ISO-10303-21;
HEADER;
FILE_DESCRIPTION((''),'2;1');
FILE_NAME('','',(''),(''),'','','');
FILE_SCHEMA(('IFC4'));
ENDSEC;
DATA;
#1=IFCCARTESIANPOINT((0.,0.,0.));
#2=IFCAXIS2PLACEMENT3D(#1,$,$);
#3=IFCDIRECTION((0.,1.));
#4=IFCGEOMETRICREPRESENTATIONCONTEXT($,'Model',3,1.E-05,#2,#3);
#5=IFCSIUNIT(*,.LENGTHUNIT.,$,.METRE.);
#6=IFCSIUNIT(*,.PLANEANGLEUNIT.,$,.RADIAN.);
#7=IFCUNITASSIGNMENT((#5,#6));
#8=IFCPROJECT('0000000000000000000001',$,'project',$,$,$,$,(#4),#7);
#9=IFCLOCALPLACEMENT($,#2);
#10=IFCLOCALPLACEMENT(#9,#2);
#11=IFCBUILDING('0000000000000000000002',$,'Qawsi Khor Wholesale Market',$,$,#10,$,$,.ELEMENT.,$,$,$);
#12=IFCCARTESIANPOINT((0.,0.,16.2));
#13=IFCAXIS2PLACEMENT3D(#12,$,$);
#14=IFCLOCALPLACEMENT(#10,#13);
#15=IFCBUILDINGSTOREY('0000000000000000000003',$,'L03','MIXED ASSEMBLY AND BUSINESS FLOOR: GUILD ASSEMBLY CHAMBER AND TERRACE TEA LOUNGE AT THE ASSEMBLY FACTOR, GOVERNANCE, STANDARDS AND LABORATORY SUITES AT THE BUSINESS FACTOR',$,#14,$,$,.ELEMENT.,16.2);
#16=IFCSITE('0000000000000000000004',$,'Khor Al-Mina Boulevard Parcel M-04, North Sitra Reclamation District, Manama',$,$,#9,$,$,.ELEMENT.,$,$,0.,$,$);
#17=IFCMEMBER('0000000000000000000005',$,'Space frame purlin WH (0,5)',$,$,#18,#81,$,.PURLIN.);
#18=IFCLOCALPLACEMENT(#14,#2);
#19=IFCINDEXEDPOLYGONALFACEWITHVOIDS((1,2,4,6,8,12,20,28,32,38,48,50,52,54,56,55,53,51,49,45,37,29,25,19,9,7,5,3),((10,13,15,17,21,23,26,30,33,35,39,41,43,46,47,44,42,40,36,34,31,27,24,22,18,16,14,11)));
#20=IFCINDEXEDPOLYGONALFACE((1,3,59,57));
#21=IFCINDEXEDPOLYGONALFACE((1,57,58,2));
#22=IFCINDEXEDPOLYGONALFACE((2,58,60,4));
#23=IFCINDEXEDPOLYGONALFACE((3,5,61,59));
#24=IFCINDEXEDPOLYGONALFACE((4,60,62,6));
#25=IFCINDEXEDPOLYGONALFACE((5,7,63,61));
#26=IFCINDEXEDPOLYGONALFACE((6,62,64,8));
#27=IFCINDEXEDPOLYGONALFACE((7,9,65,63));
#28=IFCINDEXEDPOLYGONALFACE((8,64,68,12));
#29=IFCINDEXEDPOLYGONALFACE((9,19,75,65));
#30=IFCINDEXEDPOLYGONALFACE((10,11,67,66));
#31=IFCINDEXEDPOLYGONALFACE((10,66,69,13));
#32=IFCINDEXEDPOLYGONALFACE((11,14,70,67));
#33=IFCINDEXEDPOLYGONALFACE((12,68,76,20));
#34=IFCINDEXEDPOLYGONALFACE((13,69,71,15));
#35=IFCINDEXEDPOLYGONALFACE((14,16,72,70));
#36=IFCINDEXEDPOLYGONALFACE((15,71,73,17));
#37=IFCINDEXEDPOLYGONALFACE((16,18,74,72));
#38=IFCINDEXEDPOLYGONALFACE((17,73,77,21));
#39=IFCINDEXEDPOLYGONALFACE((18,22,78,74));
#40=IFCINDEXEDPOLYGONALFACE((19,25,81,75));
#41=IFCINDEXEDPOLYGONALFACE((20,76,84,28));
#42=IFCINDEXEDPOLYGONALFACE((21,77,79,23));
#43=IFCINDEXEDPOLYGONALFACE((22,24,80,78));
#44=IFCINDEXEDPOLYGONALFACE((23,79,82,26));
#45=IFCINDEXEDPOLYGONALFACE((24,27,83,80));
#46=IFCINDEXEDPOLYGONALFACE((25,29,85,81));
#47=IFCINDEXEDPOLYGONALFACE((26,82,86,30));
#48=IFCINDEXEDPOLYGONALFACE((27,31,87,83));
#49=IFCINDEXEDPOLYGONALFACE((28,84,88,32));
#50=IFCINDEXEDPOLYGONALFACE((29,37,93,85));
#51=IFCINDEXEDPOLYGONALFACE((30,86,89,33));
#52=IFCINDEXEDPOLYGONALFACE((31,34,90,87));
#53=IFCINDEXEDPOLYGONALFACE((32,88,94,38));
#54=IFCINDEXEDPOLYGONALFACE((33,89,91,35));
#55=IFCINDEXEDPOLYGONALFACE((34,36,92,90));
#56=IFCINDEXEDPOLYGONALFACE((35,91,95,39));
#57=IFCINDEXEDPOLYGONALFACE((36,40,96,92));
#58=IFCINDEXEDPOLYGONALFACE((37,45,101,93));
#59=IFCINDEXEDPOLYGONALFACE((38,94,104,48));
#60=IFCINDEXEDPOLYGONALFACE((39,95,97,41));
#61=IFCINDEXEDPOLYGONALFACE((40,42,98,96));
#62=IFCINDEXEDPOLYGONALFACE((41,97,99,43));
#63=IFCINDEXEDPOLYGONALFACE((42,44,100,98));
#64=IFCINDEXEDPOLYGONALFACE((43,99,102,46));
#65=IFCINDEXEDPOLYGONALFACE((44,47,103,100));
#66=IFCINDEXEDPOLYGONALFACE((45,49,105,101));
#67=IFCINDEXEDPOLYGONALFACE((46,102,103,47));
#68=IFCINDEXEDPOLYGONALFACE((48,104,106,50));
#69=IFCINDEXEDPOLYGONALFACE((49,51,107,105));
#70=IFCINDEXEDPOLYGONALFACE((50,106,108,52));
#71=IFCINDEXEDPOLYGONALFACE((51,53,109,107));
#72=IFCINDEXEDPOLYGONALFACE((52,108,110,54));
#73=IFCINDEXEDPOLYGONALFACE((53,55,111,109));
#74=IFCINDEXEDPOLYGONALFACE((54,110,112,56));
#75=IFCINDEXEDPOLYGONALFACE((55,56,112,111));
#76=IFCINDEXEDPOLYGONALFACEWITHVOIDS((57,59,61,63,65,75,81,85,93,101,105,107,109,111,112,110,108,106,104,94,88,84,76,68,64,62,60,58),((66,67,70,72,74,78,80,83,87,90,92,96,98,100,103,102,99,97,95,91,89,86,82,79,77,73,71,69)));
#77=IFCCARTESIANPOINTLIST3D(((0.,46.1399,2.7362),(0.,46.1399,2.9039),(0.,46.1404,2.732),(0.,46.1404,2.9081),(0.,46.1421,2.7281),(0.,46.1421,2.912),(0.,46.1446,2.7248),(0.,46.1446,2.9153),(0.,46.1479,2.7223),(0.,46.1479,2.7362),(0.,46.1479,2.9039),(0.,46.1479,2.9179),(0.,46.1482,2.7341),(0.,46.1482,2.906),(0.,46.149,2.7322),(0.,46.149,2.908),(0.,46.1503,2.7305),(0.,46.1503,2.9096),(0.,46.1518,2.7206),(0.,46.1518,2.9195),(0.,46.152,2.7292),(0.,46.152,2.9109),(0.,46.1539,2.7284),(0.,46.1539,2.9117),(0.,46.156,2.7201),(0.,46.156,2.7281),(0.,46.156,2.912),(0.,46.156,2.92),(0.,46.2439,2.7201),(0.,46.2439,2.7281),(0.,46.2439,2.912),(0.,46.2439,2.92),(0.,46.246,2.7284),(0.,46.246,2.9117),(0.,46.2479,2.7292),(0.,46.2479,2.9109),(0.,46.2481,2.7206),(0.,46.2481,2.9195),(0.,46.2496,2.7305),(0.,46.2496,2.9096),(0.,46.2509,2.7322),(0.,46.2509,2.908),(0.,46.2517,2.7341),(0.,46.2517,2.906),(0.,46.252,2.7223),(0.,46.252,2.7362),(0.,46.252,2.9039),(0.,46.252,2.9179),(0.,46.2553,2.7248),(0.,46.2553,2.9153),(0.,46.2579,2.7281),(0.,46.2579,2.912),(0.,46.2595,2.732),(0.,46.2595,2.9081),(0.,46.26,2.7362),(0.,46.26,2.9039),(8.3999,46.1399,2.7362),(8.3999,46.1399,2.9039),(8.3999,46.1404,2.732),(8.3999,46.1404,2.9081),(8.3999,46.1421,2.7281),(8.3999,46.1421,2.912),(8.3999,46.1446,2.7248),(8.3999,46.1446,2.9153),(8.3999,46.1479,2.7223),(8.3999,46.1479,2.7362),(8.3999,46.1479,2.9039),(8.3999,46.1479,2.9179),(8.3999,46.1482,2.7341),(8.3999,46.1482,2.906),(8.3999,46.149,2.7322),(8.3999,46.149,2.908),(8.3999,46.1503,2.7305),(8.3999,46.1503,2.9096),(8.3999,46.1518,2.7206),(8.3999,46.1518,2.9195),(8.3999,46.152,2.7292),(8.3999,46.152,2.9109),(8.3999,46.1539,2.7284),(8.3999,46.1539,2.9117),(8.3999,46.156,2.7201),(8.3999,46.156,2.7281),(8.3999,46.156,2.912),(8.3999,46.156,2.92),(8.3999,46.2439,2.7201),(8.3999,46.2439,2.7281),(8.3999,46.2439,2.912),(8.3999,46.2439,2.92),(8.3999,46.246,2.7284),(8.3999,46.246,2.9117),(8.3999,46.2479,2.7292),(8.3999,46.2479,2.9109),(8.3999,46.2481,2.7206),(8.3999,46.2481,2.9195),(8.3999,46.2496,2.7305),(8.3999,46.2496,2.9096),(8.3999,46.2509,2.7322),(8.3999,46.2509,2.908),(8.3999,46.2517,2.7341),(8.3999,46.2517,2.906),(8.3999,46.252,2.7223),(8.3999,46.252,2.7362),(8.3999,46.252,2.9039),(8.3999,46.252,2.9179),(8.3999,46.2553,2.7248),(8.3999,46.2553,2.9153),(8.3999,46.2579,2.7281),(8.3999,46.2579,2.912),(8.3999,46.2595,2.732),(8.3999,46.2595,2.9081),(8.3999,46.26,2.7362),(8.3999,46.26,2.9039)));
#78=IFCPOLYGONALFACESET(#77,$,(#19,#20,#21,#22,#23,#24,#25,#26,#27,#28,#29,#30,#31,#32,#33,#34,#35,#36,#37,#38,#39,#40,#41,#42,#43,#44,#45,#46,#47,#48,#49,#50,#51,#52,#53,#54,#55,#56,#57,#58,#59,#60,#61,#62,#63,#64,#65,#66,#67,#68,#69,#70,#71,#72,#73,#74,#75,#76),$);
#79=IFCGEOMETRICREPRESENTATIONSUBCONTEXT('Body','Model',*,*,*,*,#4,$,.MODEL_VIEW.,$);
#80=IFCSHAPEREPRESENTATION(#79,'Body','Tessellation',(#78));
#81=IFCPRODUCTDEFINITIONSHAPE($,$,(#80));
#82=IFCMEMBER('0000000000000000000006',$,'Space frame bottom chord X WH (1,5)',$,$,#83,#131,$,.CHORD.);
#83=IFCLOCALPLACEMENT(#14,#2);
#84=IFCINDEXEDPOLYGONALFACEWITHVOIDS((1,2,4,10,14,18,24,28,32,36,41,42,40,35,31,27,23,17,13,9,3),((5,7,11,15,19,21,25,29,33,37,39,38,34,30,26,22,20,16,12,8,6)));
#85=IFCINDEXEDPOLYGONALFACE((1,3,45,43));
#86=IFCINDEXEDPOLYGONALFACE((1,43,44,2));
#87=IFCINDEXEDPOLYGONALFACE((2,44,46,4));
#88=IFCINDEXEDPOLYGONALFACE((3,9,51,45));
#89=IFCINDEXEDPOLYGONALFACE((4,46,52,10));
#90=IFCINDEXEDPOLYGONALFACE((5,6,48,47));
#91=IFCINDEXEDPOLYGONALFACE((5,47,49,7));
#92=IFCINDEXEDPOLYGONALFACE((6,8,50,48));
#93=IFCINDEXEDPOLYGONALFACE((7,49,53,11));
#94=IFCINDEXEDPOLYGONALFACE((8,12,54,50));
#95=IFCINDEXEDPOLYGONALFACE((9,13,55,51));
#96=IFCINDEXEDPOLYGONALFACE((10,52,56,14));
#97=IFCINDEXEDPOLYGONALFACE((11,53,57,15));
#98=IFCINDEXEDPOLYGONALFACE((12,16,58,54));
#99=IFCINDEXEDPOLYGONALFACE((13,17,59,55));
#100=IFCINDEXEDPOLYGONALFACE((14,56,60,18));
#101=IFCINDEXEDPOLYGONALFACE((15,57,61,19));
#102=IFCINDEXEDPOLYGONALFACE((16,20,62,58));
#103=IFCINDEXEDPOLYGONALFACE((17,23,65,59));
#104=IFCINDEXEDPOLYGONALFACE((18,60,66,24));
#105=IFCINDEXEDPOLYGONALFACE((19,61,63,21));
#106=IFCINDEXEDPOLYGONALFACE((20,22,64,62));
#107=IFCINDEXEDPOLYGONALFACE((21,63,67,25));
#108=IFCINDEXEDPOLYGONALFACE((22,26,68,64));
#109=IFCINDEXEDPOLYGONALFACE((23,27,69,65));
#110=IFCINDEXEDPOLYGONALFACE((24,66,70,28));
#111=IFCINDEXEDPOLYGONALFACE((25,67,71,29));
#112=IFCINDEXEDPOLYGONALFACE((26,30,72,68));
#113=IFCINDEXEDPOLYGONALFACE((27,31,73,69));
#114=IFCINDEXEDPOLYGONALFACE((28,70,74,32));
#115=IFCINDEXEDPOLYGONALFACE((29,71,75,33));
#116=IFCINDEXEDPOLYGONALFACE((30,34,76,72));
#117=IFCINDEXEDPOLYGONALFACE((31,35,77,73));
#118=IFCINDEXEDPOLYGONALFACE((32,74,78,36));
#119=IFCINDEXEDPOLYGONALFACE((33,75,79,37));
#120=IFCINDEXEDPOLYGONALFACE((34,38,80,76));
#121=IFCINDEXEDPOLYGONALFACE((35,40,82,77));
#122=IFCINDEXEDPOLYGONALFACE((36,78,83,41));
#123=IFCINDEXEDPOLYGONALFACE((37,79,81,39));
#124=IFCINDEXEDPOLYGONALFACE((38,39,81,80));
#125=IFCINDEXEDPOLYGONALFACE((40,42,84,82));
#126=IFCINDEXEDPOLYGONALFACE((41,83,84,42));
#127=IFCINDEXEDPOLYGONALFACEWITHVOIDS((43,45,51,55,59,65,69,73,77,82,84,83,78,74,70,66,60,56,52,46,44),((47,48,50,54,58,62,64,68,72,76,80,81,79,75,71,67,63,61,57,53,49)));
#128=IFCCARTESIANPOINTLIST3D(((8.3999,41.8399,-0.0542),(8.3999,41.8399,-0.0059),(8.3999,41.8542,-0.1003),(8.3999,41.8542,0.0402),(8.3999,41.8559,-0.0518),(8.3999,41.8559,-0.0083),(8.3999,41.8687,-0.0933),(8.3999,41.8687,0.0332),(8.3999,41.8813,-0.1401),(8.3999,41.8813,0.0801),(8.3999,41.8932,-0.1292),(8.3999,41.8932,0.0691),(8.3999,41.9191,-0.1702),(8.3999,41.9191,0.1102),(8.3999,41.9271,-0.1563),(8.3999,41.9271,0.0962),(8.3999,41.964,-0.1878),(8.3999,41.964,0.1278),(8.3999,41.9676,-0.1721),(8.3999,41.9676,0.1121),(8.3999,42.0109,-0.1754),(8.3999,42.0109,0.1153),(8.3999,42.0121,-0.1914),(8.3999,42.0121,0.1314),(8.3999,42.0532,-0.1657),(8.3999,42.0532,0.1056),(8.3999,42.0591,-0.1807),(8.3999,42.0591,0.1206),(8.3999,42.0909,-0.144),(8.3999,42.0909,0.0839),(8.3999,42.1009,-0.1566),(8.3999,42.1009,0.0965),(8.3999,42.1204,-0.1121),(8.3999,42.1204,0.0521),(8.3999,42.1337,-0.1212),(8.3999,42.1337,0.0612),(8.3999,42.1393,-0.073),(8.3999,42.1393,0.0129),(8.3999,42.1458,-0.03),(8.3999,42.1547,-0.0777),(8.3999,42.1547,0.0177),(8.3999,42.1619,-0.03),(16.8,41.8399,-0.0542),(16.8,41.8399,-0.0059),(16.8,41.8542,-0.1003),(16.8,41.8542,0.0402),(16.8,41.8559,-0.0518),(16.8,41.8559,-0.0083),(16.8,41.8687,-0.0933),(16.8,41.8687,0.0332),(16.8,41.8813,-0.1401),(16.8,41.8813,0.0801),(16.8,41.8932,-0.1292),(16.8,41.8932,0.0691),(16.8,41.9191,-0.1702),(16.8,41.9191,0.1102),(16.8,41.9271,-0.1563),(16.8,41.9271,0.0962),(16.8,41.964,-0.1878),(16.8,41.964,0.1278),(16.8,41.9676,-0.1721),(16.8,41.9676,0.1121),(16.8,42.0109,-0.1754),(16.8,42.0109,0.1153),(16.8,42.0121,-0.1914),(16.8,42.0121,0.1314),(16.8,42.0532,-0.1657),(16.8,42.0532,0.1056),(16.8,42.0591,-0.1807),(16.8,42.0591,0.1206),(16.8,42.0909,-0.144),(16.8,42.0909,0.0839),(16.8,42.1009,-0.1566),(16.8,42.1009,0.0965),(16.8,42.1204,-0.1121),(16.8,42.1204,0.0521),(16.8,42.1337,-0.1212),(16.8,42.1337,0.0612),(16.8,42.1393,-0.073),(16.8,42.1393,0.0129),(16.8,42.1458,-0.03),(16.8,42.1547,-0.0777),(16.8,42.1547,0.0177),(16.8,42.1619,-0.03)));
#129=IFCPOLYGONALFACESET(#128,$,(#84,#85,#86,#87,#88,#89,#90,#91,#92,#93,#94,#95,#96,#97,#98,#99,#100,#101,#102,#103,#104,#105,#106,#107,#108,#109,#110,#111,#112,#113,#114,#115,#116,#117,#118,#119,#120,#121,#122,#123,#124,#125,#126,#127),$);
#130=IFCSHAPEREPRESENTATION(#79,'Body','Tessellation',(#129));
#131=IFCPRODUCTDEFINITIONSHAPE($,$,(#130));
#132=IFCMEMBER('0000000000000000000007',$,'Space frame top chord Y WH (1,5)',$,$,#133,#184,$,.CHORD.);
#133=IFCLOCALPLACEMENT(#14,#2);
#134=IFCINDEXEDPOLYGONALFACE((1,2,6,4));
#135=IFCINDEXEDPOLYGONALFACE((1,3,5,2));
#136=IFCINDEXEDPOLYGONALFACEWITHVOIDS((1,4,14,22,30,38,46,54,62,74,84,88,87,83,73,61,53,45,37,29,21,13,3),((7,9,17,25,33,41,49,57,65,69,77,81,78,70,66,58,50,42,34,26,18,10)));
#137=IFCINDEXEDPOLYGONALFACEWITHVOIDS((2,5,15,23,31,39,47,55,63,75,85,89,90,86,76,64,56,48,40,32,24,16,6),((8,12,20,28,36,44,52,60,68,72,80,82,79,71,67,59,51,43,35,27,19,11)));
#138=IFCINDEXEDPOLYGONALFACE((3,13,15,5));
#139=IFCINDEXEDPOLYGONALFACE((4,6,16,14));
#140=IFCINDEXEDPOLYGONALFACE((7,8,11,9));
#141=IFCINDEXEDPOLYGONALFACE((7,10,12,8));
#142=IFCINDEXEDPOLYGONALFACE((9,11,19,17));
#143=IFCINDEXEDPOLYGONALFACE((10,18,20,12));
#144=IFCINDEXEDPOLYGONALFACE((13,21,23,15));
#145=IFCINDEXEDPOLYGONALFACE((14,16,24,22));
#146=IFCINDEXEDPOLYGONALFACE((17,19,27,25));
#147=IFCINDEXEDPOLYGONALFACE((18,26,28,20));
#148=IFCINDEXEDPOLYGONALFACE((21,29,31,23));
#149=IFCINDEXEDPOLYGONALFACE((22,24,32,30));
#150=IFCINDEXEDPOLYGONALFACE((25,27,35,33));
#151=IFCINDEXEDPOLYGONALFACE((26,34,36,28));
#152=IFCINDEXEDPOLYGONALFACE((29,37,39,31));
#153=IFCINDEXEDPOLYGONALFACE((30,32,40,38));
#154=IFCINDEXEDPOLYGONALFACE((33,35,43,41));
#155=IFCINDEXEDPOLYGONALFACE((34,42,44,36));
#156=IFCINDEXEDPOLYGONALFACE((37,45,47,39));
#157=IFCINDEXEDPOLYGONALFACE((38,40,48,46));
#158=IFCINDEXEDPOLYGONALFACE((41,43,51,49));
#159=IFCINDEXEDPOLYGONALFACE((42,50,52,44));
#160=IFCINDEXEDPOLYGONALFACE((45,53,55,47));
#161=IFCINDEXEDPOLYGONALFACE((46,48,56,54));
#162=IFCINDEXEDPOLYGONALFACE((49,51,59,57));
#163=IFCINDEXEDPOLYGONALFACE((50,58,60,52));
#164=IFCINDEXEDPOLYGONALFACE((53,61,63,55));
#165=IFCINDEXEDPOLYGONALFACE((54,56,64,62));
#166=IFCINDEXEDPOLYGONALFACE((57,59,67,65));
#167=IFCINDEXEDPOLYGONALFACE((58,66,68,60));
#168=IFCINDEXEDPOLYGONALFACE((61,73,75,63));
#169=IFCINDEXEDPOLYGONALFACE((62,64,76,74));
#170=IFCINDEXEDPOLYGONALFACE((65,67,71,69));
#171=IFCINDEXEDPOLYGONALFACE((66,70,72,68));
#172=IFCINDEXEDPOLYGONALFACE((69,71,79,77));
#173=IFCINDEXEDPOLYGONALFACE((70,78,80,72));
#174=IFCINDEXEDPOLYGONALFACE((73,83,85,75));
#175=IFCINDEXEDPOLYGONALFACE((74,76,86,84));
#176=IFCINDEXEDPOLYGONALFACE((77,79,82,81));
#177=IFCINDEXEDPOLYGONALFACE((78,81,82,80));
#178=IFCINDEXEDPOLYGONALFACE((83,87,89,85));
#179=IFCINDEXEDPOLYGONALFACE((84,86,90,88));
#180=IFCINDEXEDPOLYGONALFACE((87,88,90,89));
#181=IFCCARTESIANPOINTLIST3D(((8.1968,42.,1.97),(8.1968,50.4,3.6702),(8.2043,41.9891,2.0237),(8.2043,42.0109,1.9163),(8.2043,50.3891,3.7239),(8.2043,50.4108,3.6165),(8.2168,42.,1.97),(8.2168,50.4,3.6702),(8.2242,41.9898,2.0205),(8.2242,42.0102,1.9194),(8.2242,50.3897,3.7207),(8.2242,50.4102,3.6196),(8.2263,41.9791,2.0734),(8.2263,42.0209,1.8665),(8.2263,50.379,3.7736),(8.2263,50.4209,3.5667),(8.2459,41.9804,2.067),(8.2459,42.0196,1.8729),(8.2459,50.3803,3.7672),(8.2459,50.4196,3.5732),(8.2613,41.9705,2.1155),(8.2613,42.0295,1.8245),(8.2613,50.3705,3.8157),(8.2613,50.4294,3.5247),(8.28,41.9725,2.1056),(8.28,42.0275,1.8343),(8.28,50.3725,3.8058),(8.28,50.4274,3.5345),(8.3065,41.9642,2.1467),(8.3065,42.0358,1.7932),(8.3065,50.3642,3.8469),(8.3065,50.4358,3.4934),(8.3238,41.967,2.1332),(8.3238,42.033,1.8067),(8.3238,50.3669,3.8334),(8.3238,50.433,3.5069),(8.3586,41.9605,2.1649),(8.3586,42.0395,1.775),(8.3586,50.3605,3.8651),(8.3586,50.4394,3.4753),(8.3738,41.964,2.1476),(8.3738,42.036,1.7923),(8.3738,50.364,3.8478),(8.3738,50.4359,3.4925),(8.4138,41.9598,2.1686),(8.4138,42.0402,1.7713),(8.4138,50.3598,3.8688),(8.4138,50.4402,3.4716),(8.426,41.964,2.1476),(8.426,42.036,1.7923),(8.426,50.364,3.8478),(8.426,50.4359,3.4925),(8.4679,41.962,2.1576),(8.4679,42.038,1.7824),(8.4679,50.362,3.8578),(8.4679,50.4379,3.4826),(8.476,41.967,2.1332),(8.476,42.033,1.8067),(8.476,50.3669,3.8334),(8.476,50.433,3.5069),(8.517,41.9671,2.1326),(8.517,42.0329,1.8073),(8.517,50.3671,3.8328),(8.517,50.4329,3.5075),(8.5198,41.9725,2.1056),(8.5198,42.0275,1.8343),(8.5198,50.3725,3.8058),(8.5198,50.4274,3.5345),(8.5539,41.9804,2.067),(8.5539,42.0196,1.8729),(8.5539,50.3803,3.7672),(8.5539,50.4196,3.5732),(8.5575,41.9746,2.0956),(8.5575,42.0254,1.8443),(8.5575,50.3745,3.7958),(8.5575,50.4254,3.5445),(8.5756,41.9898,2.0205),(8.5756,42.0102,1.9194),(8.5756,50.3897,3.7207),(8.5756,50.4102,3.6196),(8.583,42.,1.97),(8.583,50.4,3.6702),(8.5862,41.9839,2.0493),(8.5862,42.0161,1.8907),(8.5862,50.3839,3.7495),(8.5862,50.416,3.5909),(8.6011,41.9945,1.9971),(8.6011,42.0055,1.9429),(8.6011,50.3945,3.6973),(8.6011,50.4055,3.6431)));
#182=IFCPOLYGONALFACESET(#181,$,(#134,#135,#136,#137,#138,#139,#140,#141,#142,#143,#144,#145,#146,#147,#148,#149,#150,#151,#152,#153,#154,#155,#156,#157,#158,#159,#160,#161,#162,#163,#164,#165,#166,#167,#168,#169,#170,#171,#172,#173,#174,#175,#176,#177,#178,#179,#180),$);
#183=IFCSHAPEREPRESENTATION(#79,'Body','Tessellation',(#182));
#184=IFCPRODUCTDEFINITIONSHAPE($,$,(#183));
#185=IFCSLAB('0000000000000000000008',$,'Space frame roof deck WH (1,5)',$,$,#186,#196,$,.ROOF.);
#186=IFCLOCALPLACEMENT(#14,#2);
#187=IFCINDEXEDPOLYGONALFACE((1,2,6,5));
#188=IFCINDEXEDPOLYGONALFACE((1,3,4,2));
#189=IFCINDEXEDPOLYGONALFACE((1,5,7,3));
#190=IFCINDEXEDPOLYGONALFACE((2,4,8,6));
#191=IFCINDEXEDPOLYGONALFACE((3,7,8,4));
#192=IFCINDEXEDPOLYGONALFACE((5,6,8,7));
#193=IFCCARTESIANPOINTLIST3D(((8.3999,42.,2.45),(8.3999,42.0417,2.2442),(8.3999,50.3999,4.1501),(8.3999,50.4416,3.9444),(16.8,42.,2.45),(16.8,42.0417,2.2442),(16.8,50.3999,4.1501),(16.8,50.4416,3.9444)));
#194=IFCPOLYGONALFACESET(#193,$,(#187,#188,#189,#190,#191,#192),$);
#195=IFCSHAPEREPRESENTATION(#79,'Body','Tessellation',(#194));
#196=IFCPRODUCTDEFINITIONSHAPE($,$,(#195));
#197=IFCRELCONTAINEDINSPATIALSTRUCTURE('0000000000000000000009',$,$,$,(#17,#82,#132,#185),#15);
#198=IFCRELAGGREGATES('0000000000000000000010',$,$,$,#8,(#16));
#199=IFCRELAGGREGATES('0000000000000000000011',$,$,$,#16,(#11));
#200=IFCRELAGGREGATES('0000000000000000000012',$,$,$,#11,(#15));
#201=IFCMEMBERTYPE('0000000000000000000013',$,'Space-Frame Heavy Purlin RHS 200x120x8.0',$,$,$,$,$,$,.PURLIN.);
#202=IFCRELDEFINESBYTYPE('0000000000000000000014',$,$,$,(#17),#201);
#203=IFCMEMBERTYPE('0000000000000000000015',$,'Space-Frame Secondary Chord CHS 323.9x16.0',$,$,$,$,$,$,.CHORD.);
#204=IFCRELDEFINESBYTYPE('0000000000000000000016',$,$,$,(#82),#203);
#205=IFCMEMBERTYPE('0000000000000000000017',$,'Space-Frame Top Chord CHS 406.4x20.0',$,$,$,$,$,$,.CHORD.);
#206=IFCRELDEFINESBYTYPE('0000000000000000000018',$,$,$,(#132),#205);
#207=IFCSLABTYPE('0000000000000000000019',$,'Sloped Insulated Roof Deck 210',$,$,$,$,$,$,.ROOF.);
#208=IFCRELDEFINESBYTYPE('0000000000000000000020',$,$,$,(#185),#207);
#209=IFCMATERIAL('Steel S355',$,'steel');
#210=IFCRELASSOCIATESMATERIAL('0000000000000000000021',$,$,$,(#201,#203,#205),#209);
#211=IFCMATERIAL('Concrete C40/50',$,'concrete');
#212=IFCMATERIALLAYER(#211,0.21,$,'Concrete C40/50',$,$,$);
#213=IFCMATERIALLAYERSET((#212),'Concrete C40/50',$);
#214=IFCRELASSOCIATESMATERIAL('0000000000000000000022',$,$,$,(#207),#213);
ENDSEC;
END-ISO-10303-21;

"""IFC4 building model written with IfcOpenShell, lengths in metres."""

from ifc_helpers import new_model, si_unit, direction, frame, origin, origin_2d, place, context, subcontext, project, spatial, polyline, hollow_rectangle, hollow_circle, outline, extrude, material, layer, layer_set, material_profile, profile_set, type_object, element, save


model = new_model("IFC4")

# Units and contexts
model_context = context("Model", 3, precision=1e-05, world=origin(), true_north=direction((0.0, 1.0)))
body_context = subcontext(model_context, "Body", "Model", "MODEL_VIEW")
ifc_project = project(units=[si_unit("LENGTHUNIT", "METRE"), si_unit("PLANEANGLEUNIT", "RADIAN")], contexts=[model_context])

# Site, building, storey
site_placement = place(None, origin())
site = spatial("IfcSite", under=ifc_project, at=site_placement, Name="Khor Al-Mina Boulevard Parcel M-04, North Sitra Reclamation District, Manama", CompositionType="ELEMENT", RefElevation=0.0)
building_placement = place(site_placement, origin())
building = spatial("IfcBuilding", under=site, at=building_placement, Name="Qawsi Khor Wholesale Market", CompositionType="ELEMENT")
storey_placement = place(building_placement, frame((0.0, 0.0, 16.2)))
storey = spatial("IfcBuildingStorey", under=building, at=storey_placement, Name="L03", Description="MIXED ASSEMBLY AND BUSINESS FLOOR: GUILD ASSEMBLY CHAMBER AND TERRACE TEA LOUNGE AT THE ASSEMBLY FACTOR, GOVERNANCE, STANDARDS AND LABORATORY SUITES AT THE BUSINESS FACTOR", CompositionType="ELEMENT", Elevation=16.2)

# Members
ifc_material_1 = material(Name="Steel S355", Category="steel")
ifc_material_profile_1 = material_profile(ifc_material_1, hollow_rectangle(XDim=0.1201, YDim=0.2, WallThickness=0.0081, InnerFilletRadius=0.0081, OuterFilletRadius=0.0161, at=origin_2d()), Name="RHS 200x120x8.0")
ifc_profile_set_1 = profile_set([ifc_material_profile_1], Name="Steel S355")
member_type_1 = type_object("IfcMemberType", Name="Space-Frame Heavy Purlin RHS 200x120x8.0", PredefinedType="PURLIN", material=ifc_profile_set_1)
member_1_placement = place(storey_placement, frame((0.0, 46.2, 2.8201), z_axis=(1.0, 0.0, 0.0), x_axis=(0.0, 1.0, 0.0)))
element("IfcMember", 1, at=member_1_placement, inside=storey, type_object=member_type_1, Name="Space frame purlin WH (0,5)", PredefinedType="PURLIN", context=body_context, shape_type="SweptSolid", body=[
    extrude(hollow_rectangle(XDim=0.1201, YDim=0.2, WallThickness=0.0081, InnerFilletRadius=0.0081, OuterFilletRadius=0.0161, at=origin_2d()), origin(), (0.0, 0.0, 1.0), 8.3999),
])
ifc_material_profile_2 = material_profile(ifc_material_1, hollow_circle(Radius=0.1619, WallThickness=0.0161, at=origin_2d()), Name="CHS 323.9x16.0")
ifc_profile_set_2 = profile_set([ifc_material_profile_2], Name="Steel S355")
member_type_2 = type_object("IfcMemberType", Name="Space-Frame Secondary Chord CHS 323.9x16.0", PredefinedType="CHORD", material=ifc_profile_set_2)
member_2_placement = place(storey_placement, frame((8.3999, 42.0, -0.03), z_axis=(1.0, 0.0, 0.0), x_axis=(0.0, 1.0, 0.0)))
element("IfcMember", 2, at=member_2_placement, inside=storey, type_object=member_type_2, Name="Space frame bottom chord X WH (1,5)", PredefinedType="CHORD", context=body_context, shape_type="SweptSolid", body=[
    extrude(hollow_circle(Radius=0.1619, WallThickness=0.0161, at=origin_2d()), origin(), (0.0, 0.0, 1.0), 8.4001),
])
ifc_material_profile_3 = material_profile(ifc_material_1, hollow_circle(Radius=0.2031, WallThickness=0.02, at=origin_2d()), Name="CHS 406.4x20.0")
ifc_profile_set_3 = profile_set([ifc_material_profile_3], Name="Steel S355")
member_type_3 = type_object("IfcMemberType", Name="Space-Frame Top Chord CHS 406.4x20.0", PredefinedType="CHORD", material=ifc_profile_set_3)
member_3_placement = place(storey_placement, frame((8.3999, 42.0, 1.97), z_axis=(0.0, 0.980124, 0.198384), x_axis=(-1.0, 0.0, 0.0)))
element("IfcMember", 3, at=member_3_placement, inside=storey, type_object=member_type_3, Name="Space frame top chord Y WH (1,5)", PredefinedType="CHORD", context=body_context, shape_type="SweptSolid", body=[
    extrude(hollow_circle(Radius=0.2031, WallThickness=0.02, at=origin_2d()), origin(), (0.0, 0.0, 1.0), 8.5703),
])

# Slab
ifc_material_2 = material(Name="Concrete C40/50", Category="concrete")
ifc_layer_1 = layer(ifc_material_2, 0.21, Name="Concrete C40/50")
ifc_layer_set_1 = layer_set([ifc_layer_1], Name="Concrete C40/50")
slab_type = type_object("IfcSlabType", Name="Sloped Insulated Roof Deck 210", PredefinedType="ROOF", material=ifc_layer_set_1)
slab_placement = place(storey_placement, frame((8.3999, 42.0, 2.45), z_axis=(0.0, -0.198384, 0.980124), x_axis=(1.0, 0.0, 0.0)))
element("IfcSlab", 4, at=slab_placement, inside=storey, type_object=slab_type, Name="Space frame roof deck WH (1,5)", PredefinedType="ROOF", context=body_context, shape_type="SweptSolid", body=[
    extrude(outline(polyline([(0.0, 0.0), (8.4001, 0.0), (8.4001, 8.5702), (0.0, 8.5702), (0.0, 0.0)])), origin(), (0.0, 0.0, -1.0), 0.21),
])

save(model, "model.ifc")
